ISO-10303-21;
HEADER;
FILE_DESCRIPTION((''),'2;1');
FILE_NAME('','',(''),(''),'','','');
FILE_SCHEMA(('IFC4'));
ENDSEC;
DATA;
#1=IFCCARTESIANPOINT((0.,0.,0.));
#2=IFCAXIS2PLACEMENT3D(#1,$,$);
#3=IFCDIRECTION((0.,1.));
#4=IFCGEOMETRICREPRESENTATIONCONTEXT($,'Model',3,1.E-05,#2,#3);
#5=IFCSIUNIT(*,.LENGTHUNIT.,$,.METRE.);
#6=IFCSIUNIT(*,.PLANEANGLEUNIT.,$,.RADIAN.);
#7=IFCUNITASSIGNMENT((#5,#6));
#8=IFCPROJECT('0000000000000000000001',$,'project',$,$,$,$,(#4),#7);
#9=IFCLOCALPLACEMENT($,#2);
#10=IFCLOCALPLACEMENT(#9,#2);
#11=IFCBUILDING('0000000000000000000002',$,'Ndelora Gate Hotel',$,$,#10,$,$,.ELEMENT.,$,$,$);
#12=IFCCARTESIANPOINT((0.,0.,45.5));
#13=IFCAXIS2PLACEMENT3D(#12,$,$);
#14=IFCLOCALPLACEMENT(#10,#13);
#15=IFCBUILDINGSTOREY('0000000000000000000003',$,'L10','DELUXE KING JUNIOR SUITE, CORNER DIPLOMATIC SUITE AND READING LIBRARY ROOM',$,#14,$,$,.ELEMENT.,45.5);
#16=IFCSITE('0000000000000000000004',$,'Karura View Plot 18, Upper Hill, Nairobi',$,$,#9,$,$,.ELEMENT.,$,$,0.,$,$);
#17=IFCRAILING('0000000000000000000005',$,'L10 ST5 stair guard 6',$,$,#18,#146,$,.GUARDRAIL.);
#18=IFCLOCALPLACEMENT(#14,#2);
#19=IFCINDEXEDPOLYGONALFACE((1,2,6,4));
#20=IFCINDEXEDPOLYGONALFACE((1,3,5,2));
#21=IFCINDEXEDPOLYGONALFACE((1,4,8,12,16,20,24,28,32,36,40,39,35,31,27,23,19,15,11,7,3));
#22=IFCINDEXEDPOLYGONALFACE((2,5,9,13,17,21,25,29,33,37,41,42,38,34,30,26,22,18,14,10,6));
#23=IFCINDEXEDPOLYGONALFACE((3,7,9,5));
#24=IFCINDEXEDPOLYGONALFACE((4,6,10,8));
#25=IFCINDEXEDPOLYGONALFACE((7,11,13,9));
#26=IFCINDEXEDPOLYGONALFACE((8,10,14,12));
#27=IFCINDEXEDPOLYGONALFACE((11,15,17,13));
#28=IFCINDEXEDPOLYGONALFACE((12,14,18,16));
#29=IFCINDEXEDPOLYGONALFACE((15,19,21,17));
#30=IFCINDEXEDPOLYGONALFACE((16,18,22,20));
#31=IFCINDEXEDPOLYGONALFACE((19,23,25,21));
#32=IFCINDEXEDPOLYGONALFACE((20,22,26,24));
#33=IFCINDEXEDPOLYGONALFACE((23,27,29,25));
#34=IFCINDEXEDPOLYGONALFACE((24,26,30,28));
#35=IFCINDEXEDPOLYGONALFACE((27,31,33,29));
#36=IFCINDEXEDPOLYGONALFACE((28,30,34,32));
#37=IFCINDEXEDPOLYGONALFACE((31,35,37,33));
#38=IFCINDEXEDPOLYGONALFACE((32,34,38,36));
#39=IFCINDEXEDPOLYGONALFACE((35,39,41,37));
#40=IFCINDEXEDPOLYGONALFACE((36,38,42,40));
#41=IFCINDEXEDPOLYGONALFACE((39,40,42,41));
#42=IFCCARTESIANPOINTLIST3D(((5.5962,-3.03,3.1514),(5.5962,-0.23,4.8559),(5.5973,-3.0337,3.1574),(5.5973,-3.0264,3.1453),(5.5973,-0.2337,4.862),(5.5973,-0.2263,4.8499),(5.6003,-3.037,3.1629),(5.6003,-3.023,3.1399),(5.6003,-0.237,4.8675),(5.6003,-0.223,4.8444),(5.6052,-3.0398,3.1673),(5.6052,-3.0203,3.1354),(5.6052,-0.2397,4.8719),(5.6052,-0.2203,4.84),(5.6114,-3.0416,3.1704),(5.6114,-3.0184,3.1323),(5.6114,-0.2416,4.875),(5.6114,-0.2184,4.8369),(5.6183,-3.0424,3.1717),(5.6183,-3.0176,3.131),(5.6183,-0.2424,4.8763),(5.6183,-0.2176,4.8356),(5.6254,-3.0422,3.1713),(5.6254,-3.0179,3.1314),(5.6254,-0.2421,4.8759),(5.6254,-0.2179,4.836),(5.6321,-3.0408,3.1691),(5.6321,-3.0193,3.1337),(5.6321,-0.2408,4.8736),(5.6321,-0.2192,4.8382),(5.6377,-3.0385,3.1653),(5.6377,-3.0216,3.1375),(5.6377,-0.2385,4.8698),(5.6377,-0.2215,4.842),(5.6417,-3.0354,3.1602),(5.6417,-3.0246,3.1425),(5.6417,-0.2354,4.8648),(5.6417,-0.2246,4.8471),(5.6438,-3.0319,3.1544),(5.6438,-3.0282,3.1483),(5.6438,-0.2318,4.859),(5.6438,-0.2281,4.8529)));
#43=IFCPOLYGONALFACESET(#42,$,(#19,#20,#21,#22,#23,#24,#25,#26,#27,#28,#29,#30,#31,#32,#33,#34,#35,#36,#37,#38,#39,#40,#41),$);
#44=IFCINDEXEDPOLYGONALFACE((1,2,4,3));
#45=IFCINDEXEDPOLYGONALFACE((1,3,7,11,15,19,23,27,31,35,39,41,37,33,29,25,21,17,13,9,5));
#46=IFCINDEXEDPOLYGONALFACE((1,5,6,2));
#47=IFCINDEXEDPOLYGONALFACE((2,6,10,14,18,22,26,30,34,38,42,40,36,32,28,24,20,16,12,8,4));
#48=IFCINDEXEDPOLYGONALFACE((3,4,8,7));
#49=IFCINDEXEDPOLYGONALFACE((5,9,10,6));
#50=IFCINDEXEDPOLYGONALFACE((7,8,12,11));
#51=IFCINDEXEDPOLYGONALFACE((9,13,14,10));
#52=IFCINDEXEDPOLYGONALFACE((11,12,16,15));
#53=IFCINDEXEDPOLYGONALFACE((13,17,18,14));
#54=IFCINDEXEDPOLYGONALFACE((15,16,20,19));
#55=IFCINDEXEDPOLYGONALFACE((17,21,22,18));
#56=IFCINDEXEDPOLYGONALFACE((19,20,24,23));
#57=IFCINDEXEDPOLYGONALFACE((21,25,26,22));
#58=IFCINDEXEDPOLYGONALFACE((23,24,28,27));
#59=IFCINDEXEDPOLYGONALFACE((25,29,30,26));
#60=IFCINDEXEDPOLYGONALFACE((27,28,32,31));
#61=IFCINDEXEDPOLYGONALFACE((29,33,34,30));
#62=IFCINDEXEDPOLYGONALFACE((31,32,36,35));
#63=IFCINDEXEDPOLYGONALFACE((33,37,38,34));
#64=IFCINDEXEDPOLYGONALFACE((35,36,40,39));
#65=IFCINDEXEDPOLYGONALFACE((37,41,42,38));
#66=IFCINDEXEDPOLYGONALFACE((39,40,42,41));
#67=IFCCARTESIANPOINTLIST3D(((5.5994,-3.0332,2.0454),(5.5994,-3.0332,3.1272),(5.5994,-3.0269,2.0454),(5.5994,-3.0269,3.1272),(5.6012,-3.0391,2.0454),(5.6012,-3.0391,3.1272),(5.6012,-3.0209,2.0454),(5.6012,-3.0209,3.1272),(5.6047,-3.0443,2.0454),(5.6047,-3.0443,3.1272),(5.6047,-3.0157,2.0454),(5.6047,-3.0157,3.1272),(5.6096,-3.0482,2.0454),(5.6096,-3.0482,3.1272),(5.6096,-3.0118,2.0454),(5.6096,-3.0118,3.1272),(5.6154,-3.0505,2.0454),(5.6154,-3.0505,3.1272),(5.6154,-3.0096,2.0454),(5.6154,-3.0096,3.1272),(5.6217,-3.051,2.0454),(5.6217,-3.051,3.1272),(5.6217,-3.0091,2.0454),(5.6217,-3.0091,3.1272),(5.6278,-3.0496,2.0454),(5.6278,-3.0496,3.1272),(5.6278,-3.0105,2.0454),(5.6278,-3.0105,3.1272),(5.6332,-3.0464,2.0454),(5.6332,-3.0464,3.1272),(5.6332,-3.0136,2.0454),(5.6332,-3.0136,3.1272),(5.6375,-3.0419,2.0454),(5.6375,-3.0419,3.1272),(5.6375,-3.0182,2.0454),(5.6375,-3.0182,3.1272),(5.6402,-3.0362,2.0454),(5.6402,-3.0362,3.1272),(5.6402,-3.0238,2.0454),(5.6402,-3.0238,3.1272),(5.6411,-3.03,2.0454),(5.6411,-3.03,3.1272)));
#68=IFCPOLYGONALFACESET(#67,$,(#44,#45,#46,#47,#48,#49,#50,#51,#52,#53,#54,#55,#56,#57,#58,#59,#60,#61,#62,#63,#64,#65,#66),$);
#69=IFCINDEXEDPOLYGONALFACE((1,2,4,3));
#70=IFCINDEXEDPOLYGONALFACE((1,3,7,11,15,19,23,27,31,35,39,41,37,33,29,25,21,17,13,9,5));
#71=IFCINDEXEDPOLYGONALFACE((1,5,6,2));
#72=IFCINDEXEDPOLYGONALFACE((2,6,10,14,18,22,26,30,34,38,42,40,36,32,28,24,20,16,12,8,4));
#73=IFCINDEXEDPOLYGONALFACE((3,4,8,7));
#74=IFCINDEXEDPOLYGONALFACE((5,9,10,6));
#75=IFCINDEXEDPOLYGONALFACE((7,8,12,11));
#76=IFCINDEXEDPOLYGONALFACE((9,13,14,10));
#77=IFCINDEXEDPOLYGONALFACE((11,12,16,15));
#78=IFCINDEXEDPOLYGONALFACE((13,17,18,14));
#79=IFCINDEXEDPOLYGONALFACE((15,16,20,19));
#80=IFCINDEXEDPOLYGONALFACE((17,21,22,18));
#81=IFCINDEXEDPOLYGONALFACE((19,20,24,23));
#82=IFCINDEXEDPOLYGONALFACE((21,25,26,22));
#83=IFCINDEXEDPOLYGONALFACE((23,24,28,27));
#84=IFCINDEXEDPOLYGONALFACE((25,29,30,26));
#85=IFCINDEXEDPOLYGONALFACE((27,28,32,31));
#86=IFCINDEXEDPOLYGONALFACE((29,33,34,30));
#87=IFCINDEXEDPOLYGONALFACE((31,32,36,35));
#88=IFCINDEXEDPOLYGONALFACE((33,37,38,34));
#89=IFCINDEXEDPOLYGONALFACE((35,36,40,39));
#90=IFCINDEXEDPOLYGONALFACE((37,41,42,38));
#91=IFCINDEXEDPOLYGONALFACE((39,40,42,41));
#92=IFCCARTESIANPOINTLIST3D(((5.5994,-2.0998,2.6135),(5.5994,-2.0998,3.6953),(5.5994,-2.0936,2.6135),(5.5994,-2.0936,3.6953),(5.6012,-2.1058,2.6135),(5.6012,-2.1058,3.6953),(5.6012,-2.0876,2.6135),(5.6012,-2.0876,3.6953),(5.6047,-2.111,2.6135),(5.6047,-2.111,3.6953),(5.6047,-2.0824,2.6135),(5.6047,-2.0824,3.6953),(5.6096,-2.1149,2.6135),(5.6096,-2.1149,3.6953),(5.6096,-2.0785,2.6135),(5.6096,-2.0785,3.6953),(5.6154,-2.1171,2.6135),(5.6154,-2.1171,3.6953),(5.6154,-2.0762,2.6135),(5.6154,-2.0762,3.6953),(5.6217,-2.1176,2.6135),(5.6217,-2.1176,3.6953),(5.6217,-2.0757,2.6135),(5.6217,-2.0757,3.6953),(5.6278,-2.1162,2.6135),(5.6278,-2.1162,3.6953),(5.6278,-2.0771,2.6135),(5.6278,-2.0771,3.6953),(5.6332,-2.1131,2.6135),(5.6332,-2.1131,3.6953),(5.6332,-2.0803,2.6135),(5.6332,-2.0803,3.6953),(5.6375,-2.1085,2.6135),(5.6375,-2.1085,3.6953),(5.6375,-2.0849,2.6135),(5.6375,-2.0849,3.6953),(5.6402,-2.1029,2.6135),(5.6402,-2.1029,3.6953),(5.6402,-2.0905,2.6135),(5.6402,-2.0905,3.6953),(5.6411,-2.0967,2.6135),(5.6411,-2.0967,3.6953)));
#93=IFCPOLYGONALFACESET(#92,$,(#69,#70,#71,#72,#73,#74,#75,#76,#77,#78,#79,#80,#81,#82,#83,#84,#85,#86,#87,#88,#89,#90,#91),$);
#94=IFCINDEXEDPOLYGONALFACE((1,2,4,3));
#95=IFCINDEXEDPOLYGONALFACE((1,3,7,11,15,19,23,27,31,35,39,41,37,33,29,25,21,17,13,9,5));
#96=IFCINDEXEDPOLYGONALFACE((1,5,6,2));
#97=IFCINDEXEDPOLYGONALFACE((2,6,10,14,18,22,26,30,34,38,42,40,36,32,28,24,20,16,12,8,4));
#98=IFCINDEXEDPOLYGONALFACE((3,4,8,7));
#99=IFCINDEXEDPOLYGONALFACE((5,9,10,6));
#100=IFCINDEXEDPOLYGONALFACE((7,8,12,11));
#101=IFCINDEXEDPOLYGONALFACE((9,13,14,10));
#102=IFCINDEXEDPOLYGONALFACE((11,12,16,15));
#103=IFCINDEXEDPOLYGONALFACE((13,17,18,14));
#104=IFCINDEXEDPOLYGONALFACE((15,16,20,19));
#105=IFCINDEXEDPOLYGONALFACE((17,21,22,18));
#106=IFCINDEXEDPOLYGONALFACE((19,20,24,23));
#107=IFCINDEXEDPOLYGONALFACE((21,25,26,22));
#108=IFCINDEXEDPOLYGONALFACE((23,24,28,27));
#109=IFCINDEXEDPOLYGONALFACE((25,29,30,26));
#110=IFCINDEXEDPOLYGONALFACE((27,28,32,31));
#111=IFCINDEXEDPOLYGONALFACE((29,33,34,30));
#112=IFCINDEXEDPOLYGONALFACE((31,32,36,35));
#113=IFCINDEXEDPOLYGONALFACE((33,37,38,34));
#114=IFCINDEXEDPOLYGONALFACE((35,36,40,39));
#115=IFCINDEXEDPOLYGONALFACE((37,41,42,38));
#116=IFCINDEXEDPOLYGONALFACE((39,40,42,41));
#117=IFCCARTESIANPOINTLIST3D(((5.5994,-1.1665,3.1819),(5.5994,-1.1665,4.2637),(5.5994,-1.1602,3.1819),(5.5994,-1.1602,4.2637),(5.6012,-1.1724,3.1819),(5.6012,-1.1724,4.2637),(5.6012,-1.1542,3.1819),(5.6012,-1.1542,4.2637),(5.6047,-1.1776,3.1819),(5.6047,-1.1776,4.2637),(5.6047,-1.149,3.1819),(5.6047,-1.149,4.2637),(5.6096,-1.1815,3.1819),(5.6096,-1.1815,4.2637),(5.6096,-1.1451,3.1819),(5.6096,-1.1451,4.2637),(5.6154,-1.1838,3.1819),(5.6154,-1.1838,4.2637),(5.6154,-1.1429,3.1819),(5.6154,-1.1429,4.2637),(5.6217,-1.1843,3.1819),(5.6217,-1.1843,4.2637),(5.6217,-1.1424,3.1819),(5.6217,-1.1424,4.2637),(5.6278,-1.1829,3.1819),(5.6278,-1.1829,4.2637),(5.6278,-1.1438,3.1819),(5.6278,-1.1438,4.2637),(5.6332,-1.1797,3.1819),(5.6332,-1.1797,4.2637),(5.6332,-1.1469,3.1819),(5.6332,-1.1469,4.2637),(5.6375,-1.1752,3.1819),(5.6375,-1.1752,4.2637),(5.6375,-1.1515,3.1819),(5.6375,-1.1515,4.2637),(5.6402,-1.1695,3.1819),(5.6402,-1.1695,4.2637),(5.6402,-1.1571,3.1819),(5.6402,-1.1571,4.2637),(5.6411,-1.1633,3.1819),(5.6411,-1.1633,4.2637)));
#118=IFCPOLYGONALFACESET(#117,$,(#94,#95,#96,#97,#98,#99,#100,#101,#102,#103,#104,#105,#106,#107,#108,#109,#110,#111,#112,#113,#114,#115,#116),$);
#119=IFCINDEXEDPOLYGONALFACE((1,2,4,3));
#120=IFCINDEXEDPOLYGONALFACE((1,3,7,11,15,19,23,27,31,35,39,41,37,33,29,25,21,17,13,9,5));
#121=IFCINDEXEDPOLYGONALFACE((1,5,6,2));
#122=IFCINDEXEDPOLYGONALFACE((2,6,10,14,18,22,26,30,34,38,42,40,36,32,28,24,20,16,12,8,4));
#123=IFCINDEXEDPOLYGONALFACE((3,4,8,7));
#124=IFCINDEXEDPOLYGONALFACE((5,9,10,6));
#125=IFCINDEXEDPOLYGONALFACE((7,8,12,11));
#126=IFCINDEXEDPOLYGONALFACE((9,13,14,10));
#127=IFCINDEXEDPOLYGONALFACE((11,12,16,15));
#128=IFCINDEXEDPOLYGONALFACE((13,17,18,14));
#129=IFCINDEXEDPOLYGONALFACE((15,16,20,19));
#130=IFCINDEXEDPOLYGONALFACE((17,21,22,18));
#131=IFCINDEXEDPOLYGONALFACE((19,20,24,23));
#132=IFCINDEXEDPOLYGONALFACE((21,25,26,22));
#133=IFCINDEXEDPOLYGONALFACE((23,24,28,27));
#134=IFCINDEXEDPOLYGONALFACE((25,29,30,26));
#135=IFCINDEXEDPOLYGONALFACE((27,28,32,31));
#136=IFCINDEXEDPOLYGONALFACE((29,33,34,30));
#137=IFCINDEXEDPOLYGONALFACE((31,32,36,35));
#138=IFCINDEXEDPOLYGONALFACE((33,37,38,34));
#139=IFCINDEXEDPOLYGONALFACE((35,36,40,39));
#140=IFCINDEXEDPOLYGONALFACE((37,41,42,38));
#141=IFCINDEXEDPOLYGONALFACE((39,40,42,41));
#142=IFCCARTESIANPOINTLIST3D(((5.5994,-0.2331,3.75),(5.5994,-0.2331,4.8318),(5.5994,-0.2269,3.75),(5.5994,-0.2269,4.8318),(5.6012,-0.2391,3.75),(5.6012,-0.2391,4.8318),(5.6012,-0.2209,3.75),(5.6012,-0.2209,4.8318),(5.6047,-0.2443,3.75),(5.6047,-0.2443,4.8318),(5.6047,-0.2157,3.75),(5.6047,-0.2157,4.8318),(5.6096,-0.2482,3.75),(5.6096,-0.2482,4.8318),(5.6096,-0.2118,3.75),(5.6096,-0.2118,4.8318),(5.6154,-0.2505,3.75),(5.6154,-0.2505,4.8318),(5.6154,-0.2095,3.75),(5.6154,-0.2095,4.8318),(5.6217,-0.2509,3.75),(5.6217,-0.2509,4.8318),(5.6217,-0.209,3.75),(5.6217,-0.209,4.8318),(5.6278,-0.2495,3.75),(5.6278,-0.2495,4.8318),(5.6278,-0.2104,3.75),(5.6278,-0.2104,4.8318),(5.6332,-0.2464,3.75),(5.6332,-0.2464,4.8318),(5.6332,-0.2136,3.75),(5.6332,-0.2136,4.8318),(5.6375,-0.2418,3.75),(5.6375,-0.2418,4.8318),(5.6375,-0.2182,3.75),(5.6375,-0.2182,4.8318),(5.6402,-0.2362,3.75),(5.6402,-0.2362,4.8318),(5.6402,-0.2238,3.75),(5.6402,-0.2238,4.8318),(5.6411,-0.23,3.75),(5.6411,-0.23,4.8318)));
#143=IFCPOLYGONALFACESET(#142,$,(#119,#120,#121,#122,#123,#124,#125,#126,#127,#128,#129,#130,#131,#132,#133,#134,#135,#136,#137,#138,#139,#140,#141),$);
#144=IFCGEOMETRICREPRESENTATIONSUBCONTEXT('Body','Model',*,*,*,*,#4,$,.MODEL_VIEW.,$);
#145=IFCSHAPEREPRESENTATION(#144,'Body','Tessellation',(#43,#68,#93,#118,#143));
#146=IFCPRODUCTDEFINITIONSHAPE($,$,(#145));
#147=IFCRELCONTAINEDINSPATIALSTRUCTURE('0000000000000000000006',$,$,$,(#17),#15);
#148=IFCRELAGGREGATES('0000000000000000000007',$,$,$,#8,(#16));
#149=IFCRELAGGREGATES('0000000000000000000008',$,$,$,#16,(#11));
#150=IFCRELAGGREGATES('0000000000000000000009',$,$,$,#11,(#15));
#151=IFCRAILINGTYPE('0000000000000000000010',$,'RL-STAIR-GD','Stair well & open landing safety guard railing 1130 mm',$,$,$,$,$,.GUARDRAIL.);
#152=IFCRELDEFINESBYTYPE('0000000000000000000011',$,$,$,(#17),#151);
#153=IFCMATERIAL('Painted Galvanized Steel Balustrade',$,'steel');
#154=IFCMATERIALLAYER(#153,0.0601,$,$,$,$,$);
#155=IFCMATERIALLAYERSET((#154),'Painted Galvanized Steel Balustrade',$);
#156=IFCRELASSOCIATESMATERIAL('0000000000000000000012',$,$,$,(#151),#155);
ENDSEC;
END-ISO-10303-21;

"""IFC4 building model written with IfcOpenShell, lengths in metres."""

from ifc_helpers import new_model, si_unit, direction, frame, origin, origin_2d, place, context, subcontext, project, spatial, circle, extrude, material, layer, layer_set, type_object, element, save


model = new_model("IFC4")

# Units and contexts
model_context = context("Model", 3, precision=1e-05, world=origin(), true_north=direction((0.0, 1.0)))
body_context = subcontext(model_context, "Body", "Model", "MODEL_VIEW")
ifc_project = project(units=[si_unit("LENGTHUNIT", "METRE"), si_unit("PLANEANGLEUNIT", "RADIAN")], contexts=[model_context])

# Site, building, storey
site_placement = place(None, origin())
site = spatial("IfcSite", under=ifc_project, at=site_placement, Name="Karura View Plot 18, Upper Hill, Nairobi", CompositionType="ELEMENT", RefElevation=0.0)
building_placement = place(site_placement, origin())
building = spatial("IfcBuilding", under=site, at=building_placement, Name="Ndelora Gate Hotel", CompositionType="ELEMENT")
storey_placement = place(building_placement, frame((0.0, 0.0, 45.5)))
storey = spatial("IfcBuildingStorey", under=building, at=storey_placement, Name="L10", Description="DELUXE KING JUNIOR SUITE, CORNER DIPLOMATIC SUITE AND READING LIBRARY ROOM", CompositionType="ELEMENT", Elevation=45.5)

# Railing
ifc_material_1 = material(Name="Painted Galvanized Steel Balustrade", Category="steel")
ifc_layer_1 = layer(ifc_material_1, 0.0601)
ifc_layer_set_1 = layer_set([ifc_layer_1], Name="Painted Galvanized Steel Balustrade")
railing_type_1 = type_object("IfcRailingType", Name="RL-STAIR-GD", Description="Stair well & open landing safety guard railing 1130 mm", PredefinedType="GUARDRAIL", material=ifc_layer_set_1)
railing_1_placement = place(storey_placement, frame((5.6201, -3.03, 2.0454)))
element("IfcRailing", 1, at=railing_1_placement, inside=storey, type_object=railing_type_1, Name="L10 ST5 stair guard 6", PredefinedType="GUARDRAIL", context=body_context, shape_type="SweptSolid", body=[
    extrude(circle(Radius=0.0239, at=origin_2d()), frame((0.0, 0.0, 1.106), z_axis=(0.0, 0.85417, 0.519994), x_axis=(-1.0, 0.0, 0.0)), (0.0, 0.0, 1.0), 3.2781),
    extrude(circle(Radius=0.021, at=origin_2d()), origin(), (0.0, 0.0, 1.0), 1.0818),
    extrude(circle(Radius=0.021, at=origin_2d()), frame((0.0, 0.9333, 0.5681)), (0.0, 0.0, 1.0), 1.0818),
    extrude(circle(Radius=0.021, at=origin_2d()), frame((0.0, 1.8667, 1.1365)), (0.0, 0.0, 1.0), 1.0818),
    extrude(circle(Radius=0.021, at=origin_2d()), frame((0.0, 2.8, 1.7046)), (0.0, 0.0, 1.0), 1.0818),
])

save(model, "model.ifc")
